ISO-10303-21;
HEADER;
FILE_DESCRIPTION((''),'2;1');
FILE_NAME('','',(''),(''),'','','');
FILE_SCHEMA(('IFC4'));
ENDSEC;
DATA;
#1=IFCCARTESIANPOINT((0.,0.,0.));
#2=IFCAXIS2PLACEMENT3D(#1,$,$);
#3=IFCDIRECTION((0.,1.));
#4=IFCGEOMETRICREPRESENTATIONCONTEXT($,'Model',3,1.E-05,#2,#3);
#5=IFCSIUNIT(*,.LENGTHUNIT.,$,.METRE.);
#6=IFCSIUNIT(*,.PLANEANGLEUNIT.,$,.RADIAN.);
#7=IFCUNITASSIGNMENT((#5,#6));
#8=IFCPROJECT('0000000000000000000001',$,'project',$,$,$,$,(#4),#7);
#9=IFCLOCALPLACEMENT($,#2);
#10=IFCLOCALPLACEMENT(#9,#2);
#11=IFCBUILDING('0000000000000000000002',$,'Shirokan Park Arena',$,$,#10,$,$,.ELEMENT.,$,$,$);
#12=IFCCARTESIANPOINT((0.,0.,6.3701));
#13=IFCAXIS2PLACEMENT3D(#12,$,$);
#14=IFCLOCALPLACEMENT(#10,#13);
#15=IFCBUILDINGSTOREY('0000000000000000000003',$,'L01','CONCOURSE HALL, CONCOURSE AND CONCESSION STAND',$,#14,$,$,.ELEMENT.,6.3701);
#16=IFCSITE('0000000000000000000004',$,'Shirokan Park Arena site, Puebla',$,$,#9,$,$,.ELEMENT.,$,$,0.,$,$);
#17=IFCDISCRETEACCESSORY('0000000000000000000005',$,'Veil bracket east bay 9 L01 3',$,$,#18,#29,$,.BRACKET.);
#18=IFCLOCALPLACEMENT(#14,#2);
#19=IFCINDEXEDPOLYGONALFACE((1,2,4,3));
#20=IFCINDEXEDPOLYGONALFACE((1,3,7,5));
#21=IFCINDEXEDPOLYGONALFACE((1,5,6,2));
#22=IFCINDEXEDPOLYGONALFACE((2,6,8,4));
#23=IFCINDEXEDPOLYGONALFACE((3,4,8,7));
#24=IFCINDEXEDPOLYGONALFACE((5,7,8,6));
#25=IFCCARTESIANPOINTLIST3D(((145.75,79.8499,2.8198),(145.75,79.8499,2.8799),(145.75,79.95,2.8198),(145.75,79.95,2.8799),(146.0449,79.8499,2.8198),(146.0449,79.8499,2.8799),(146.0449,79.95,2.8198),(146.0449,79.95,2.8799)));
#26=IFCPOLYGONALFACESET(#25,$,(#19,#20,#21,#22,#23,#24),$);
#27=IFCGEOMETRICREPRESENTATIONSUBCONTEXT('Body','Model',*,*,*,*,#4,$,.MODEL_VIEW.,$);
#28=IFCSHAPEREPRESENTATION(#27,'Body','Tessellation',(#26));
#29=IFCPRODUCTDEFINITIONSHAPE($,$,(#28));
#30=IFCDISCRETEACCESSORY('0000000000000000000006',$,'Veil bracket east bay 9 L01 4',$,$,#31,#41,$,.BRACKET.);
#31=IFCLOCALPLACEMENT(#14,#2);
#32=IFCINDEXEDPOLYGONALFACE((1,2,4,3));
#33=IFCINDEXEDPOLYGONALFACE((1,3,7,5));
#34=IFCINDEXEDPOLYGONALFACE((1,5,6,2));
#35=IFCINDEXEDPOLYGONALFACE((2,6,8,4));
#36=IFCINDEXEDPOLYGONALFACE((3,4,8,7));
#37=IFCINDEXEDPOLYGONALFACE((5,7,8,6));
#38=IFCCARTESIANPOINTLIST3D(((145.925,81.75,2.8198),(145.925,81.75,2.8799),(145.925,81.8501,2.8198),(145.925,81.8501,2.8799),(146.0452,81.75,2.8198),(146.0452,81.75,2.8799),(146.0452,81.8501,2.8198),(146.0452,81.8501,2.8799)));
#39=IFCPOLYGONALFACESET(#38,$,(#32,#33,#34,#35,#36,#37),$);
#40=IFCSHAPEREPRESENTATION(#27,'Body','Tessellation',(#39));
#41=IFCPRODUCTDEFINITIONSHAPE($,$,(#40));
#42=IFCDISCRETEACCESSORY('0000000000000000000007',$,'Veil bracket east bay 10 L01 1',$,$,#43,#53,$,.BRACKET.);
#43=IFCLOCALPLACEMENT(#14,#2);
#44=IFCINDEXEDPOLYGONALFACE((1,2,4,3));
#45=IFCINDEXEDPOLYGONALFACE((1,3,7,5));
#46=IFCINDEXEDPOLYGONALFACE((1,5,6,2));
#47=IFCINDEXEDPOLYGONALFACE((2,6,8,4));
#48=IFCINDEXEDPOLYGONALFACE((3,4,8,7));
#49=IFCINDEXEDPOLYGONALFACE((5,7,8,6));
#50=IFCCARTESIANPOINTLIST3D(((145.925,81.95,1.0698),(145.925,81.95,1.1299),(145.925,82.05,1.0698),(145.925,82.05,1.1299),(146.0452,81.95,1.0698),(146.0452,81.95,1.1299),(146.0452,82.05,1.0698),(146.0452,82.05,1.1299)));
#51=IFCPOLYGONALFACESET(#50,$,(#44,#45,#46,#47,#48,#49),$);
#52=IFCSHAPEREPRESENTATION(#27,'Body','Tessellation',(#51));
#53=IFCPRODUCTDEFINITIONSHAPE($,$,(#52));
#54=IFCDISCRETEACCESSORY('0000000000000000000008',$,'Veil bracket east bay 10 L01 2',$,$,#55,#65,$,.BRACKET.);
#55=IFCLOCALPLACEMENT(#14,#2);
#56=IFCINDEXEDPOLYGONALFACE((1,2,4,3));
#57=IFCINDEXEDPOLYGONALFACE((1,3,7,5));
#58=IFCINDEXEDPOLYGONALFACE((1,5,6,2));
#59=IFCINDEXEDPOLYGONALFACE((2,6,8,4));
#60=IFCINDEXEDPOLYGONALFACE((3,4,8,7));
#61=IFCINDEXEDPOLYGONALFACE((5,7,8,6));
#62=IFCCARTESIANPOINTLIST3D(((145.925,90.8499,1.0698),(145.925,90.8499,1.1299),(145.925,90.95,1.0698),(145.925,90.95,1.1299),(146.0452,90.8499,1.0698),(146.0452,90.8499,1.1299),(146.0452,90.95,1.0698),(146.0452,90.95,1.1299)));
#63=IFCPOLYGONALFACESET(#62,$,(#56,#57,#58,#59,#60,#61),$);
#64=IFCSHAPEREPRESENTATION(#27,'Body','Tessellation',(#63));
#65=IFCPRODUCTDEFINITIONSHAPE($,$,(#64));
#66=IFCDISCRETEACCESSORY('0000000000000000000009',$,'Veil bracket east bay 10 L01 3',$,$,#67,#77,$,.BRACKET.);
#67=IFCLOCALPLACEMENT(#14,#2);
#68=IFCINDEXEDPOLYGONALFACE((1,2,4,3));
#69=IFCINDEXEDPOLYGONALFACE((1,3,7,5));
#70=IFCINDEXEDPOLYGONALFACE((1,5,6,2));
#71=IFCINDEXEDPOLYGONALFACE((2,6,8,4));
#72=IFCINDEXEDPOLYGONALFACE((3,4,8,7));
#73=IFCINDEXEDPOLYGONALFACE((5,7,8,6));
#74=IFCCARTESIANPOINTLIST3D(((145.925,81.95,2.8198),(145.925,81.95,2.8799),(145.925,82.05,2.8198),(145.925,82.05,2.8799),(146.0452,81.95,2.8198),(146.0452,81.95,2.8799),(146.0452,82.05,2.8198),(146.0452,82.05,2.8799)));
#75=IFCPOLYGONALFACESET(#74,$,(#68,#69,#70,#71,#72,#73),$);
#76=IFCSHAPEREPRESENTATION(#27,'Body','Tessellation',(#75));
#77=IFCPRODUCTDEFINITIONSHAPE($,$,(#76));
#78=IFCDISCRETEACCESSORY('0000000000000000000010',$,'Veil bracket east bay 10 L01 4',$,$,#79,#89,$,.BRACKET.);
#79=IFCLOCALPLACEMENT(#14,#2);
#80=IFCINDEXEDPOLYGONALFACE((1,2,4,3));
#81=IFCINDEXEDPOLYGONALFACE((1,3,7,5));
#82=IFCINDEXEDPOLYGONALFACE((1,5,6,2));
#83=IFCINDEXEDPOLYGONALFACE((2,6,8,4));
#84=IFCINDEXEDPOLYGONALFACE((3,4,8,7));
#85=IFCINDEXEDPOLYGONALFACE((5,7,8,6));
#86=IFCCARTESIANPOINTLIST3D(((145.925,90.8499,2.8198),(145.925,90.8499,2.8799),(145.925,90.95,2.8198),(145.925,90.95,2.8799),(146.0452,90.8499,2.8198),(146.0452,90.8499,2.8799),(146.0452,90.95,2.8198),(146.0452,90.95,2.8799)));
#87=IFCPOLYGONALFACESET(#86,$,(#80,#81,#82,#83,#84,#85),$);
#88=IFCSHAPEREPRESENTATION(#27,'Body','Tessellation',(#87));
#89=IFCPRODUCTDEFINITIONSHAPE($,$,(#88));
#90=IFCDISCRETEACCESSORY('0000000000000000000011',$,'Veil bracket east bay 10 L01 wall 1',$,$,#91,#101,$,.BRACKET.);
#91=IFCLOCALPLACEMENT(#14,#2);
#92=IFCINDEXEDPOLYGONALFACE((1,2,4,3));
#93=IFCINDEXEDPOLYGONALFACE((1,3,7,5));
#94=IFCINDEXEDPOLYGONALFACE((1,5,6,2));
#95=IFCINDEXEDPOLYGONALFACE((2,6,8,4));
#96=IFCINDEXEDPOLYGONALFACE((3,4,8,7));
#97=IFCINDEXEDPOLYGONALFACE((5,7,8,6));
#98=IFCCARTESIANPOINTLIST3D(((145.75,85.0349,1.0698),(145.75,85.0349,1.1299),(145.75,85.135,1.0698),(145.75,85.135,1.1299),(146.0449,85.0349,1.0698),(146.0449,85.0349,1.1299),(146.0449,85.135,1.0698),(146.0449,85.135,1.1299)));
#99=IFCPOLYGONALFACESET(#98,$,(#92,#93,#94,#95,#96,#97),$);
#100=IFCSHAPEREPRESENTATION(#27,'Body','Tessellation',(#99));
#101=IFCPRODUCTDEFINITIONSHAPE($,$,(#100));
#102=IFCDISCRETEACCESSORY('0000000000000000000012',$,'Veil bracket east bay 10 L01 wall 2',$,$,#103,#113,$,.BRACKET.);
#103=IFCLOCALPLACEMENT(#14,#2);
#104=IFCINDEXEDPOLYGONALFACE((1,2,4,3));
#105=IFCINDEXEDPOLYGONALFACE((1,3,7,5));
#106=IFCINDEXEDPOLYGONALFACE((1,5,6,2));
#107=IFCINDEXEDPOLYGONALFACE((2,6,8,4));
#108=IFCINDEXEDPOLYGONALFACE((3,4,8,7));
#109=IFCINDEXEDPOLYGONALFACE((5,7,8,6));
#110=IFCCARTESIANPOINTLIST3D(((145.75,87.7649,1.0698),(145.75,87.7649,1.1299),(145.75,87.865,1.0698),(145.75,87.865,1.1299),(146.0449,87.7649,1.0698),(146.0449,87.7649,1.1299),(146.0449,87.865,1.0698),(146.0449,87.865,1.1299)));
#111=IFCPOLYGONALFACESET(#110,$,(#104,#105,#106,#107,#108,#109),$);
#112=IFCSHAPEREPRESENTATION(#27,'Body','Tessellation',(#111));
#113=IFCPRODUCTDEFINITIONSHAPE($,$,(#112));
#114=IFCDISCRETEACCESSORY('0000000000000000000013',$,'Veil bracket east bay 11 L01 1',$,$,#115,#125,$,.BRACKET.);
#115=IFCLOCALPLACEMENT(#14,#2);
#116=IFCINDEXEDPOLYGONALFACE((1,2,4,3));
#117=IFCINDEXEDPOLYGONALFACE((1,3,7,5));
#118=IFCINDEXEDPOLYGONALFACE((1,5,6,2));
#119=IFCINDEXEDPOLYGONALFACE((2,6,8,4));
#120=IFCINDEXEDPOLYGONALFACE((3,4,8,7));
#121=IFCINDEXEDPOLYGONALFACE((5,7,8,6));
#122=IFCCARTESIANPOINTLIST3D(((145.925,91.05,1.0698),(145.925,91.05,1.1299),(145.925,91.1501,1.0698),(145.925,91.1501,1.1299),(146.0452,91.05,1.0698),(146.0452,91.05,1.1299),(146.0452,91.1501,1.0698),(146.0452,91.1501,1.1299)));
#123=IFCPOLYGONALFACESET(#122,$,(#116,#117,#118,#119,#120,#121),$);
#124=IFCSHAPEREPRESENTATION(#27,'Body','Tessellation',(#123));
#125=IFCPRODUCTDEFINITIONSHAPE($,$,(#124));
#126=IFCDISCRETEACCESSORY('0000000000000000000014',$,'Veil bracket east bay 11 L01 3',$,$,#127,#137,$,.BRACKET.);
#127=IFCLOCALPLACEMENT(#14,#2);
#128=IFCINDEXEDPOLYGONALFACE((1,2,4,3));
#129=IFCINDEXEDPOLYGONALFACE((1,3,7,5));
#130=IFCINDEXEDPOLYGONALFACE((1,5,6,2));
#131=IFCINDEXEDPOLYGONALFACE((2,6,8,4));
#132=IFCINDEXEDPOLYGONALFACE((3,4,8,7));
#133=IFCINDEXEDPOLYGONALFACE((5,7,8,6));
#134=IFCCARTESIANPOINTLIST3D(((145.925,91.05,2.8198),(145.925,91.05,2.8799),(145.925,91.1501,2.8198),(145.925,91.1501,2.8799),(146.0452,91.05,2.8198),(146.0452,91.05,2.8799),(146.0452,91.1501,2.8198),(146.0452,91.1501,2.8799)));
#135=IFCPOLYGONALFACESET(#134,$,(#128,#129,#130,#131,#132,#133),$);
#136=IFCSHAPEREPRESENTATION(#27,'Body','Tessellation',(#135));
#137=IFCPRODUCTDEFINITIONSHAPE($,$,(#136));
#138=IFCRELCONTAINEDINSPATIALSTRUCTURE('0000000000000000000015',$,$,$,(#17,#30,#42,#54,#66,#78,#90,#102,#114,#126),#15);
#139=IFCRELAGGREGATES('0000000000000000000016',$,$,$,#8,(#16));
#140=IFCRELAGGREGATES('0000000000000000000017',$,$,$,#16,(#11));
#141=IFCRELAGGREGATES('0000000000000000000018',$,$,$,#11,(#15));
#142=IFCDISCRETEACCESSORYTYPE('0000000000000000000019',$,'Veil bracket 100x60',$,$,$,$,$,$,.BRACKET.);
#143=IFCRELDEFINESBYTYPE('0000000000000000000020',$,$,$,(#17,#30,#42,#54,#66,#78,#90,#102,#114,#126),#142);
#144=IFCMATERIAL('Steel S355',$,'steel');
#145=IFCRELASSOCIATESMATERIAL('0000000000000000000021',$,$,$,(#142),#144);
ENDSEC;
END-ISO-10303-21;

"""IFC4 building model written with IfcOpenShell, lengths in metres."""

from ifc_helpers import new_model, si_unit, direction, frame, origin, origin_2d, place, context, subcontext, project, spatial, rectangle, extrude, material, type_object, element, save


model = new_model("IFC4")

# Units and contexts
model_context = context("Model", 3, precision=1e-05, world=origin(), true_north=direction((0.0, 1.0)))
body_context = subcontext(model_context, "Body", "Model", "MODEL_VIEW")
ifc_project = project(units=[si_unit("LENGTHUNIT", "METRE"), si_unit("PLANEANGLEUNIT", "RADIAN")], contexts=[model_context])

# Site, building, storey
site_placement = place(None, origin())
site = spatial("IfcSite", under=ifc_project, at=site_placement, Name="Shirokan Park Arena site, Puebla", CompositionType="ELEMENT", RefElevation=0.0)
building_placement = place(site_placement, origin())
building = spatial("IfcBuilding", under=site, at=building_placement, Name="Shirokan Park Arena", CompositionType="ELEMENT")
storey_placement = place(building_placement, frame((0.0, 0.0, 6.3701)))
storey = spatial("IfcBuildingStorey", under=building, at=storey_placement, Name="L01", Description="CONCOURSE HALL, CONCOURSE AND CONCESSION STAND", CompositionType="ELEMENT", Elevation=6.3701)

# Shared definitions
ifc_material_1 = material(Name="Steel S355", Category="steel")

# Discrete accessories
discrete_accessory_type = type_object("IfcDiscreteAccessoryType", Name="Veil bracket 100x60", PredefinedType="BRACKET", material=ifc_material_1)
discrete_accessory_1_placement = place(storey_placement, frame((145.8975, 79.8999, 2.8198), z_axis=(0.0, 0.0, 1.0), x_axis=(0.0, 1.0, 0.0)))
element("IfcDiscreteAccessory", 1, at=discrete_accessory_1_placement, inside=storey, type_object=discrete_accessory_type, Name="Veil bracket east bay 9 L01 3", PredefinedType="BRACKET", context=body_context, shape_type="SweptSolid", body=[
    extrude(rectangle(XDim=0.1001, YDim=0.2949, at=origin_2d()), origin(), (0.0, 0.0, 1.0), 0.0601),
])
for number, where, z_axis, x_axis, name in (
    (2, (145.9851, 81.8, 2.8198), (0.0, 0.0, 1.0), (0.0, 1.0, 0.0), "Veil bracket east bay 9 L01 4"),
    (3, (145.9851, 82.0, 1.0698), (0.0, 0.0, 1.0), (0.0, 1.0, 0.0), "Veil bracket east bay 10 L01 1"),
    (4, (145.9851, 90.8999, 1.0698), (0.0, 0.0, 1.0), (0.0, 1.0, 0.0), "Veil bracket east bay 10 L01 2"),
    (5, (145.9851, 82.0, 2.8198), (0.0, 0.0, 1.0), (0.0, 1.0, 0.0), "Veil bracket east bay 10 L01 3"),
    (6, (145.9851, 90.8999, 2.8198), (0.0, 0.0, 1.0), (0.0, 1.0, 0.0), "Veil bracket east bay 10 L01 4"),
):
    element("IfcDiscreteAccessory", number, at=place(storey_placement, frame(where, z_axis=z_axis, x_axis=x_axis)), inside=storey, type_object=discrete_accessory_type, Name=name, PredefinedType="BRACKET", context=body_context, shape_type="SweptSolid", body=[
        extrude(rectangle(XDim=0.1001, YDim=0.1201, at=origin_2d()), origin(), (0.0, 0.0, 1.0), 0.0601),
    ])
for number, where, z_axis, x_axis, name in (
    (7, (145.8975, 85.085, 1.0698), (0.0, 0.0, 1.0), (0.0, 1.0, 0.0), "Veil bracket east bay 10 L01 wall 1"),
    (8, (145.8975, 87.8149, 1.0698), (0.0, 0.0, 1.0), (0.0, 1.0, 0.0), "Veil bracket east bay 10 L01 wall 2"),
):
    element("IfcDiscreteAccessory", number, at=place(storey_placement, frame(where, z_axis=z_axis, x_axis=x_axis)), inside=storey, type_object=discrete_accessory_type, Name=name, PredefinedType="BRACKET", context=body_context, shape_type="SweptSolid", body=[
        extrude(rectangle(XDim=0.1001, YDim=0.2949, at=origin_2d()), origin(), (0.0, 0.0, 1.0), 0.0601),
    ])
for number, where, z_axis, x_axis, name in (
    (9, (145.9851, 91.1001, 1.0698), (0.0, 0.0, 1.0), (0.0, 1.0, 0.0), "Veil bracket east bay 11 L01 1"),
    (10, (145.9851, 91.1001, 2.8198), (0.0, 0.0, 1.0), (0.0, 1.0, 0.0), "Veil bracket east bay 11 L01 3"),
):
    element("IfcDiscreteAccessory", number, at=place(storey_placement, frame(where, z_axis=z_axis, x_axis=x_axis)), inside=storey, type_object=discrete_accessory_type, Name=name, PredefinedType="BRACKET", context=body_context, shape_type="SweptSolid", body=[
        extrude(rectangle(XDim=0.1001, YDim=0.1201, at=origin_2d()), origin(), (0.0, 0.0, 1.0), 0.0601),
    ])

save(model, "model.ifc")
